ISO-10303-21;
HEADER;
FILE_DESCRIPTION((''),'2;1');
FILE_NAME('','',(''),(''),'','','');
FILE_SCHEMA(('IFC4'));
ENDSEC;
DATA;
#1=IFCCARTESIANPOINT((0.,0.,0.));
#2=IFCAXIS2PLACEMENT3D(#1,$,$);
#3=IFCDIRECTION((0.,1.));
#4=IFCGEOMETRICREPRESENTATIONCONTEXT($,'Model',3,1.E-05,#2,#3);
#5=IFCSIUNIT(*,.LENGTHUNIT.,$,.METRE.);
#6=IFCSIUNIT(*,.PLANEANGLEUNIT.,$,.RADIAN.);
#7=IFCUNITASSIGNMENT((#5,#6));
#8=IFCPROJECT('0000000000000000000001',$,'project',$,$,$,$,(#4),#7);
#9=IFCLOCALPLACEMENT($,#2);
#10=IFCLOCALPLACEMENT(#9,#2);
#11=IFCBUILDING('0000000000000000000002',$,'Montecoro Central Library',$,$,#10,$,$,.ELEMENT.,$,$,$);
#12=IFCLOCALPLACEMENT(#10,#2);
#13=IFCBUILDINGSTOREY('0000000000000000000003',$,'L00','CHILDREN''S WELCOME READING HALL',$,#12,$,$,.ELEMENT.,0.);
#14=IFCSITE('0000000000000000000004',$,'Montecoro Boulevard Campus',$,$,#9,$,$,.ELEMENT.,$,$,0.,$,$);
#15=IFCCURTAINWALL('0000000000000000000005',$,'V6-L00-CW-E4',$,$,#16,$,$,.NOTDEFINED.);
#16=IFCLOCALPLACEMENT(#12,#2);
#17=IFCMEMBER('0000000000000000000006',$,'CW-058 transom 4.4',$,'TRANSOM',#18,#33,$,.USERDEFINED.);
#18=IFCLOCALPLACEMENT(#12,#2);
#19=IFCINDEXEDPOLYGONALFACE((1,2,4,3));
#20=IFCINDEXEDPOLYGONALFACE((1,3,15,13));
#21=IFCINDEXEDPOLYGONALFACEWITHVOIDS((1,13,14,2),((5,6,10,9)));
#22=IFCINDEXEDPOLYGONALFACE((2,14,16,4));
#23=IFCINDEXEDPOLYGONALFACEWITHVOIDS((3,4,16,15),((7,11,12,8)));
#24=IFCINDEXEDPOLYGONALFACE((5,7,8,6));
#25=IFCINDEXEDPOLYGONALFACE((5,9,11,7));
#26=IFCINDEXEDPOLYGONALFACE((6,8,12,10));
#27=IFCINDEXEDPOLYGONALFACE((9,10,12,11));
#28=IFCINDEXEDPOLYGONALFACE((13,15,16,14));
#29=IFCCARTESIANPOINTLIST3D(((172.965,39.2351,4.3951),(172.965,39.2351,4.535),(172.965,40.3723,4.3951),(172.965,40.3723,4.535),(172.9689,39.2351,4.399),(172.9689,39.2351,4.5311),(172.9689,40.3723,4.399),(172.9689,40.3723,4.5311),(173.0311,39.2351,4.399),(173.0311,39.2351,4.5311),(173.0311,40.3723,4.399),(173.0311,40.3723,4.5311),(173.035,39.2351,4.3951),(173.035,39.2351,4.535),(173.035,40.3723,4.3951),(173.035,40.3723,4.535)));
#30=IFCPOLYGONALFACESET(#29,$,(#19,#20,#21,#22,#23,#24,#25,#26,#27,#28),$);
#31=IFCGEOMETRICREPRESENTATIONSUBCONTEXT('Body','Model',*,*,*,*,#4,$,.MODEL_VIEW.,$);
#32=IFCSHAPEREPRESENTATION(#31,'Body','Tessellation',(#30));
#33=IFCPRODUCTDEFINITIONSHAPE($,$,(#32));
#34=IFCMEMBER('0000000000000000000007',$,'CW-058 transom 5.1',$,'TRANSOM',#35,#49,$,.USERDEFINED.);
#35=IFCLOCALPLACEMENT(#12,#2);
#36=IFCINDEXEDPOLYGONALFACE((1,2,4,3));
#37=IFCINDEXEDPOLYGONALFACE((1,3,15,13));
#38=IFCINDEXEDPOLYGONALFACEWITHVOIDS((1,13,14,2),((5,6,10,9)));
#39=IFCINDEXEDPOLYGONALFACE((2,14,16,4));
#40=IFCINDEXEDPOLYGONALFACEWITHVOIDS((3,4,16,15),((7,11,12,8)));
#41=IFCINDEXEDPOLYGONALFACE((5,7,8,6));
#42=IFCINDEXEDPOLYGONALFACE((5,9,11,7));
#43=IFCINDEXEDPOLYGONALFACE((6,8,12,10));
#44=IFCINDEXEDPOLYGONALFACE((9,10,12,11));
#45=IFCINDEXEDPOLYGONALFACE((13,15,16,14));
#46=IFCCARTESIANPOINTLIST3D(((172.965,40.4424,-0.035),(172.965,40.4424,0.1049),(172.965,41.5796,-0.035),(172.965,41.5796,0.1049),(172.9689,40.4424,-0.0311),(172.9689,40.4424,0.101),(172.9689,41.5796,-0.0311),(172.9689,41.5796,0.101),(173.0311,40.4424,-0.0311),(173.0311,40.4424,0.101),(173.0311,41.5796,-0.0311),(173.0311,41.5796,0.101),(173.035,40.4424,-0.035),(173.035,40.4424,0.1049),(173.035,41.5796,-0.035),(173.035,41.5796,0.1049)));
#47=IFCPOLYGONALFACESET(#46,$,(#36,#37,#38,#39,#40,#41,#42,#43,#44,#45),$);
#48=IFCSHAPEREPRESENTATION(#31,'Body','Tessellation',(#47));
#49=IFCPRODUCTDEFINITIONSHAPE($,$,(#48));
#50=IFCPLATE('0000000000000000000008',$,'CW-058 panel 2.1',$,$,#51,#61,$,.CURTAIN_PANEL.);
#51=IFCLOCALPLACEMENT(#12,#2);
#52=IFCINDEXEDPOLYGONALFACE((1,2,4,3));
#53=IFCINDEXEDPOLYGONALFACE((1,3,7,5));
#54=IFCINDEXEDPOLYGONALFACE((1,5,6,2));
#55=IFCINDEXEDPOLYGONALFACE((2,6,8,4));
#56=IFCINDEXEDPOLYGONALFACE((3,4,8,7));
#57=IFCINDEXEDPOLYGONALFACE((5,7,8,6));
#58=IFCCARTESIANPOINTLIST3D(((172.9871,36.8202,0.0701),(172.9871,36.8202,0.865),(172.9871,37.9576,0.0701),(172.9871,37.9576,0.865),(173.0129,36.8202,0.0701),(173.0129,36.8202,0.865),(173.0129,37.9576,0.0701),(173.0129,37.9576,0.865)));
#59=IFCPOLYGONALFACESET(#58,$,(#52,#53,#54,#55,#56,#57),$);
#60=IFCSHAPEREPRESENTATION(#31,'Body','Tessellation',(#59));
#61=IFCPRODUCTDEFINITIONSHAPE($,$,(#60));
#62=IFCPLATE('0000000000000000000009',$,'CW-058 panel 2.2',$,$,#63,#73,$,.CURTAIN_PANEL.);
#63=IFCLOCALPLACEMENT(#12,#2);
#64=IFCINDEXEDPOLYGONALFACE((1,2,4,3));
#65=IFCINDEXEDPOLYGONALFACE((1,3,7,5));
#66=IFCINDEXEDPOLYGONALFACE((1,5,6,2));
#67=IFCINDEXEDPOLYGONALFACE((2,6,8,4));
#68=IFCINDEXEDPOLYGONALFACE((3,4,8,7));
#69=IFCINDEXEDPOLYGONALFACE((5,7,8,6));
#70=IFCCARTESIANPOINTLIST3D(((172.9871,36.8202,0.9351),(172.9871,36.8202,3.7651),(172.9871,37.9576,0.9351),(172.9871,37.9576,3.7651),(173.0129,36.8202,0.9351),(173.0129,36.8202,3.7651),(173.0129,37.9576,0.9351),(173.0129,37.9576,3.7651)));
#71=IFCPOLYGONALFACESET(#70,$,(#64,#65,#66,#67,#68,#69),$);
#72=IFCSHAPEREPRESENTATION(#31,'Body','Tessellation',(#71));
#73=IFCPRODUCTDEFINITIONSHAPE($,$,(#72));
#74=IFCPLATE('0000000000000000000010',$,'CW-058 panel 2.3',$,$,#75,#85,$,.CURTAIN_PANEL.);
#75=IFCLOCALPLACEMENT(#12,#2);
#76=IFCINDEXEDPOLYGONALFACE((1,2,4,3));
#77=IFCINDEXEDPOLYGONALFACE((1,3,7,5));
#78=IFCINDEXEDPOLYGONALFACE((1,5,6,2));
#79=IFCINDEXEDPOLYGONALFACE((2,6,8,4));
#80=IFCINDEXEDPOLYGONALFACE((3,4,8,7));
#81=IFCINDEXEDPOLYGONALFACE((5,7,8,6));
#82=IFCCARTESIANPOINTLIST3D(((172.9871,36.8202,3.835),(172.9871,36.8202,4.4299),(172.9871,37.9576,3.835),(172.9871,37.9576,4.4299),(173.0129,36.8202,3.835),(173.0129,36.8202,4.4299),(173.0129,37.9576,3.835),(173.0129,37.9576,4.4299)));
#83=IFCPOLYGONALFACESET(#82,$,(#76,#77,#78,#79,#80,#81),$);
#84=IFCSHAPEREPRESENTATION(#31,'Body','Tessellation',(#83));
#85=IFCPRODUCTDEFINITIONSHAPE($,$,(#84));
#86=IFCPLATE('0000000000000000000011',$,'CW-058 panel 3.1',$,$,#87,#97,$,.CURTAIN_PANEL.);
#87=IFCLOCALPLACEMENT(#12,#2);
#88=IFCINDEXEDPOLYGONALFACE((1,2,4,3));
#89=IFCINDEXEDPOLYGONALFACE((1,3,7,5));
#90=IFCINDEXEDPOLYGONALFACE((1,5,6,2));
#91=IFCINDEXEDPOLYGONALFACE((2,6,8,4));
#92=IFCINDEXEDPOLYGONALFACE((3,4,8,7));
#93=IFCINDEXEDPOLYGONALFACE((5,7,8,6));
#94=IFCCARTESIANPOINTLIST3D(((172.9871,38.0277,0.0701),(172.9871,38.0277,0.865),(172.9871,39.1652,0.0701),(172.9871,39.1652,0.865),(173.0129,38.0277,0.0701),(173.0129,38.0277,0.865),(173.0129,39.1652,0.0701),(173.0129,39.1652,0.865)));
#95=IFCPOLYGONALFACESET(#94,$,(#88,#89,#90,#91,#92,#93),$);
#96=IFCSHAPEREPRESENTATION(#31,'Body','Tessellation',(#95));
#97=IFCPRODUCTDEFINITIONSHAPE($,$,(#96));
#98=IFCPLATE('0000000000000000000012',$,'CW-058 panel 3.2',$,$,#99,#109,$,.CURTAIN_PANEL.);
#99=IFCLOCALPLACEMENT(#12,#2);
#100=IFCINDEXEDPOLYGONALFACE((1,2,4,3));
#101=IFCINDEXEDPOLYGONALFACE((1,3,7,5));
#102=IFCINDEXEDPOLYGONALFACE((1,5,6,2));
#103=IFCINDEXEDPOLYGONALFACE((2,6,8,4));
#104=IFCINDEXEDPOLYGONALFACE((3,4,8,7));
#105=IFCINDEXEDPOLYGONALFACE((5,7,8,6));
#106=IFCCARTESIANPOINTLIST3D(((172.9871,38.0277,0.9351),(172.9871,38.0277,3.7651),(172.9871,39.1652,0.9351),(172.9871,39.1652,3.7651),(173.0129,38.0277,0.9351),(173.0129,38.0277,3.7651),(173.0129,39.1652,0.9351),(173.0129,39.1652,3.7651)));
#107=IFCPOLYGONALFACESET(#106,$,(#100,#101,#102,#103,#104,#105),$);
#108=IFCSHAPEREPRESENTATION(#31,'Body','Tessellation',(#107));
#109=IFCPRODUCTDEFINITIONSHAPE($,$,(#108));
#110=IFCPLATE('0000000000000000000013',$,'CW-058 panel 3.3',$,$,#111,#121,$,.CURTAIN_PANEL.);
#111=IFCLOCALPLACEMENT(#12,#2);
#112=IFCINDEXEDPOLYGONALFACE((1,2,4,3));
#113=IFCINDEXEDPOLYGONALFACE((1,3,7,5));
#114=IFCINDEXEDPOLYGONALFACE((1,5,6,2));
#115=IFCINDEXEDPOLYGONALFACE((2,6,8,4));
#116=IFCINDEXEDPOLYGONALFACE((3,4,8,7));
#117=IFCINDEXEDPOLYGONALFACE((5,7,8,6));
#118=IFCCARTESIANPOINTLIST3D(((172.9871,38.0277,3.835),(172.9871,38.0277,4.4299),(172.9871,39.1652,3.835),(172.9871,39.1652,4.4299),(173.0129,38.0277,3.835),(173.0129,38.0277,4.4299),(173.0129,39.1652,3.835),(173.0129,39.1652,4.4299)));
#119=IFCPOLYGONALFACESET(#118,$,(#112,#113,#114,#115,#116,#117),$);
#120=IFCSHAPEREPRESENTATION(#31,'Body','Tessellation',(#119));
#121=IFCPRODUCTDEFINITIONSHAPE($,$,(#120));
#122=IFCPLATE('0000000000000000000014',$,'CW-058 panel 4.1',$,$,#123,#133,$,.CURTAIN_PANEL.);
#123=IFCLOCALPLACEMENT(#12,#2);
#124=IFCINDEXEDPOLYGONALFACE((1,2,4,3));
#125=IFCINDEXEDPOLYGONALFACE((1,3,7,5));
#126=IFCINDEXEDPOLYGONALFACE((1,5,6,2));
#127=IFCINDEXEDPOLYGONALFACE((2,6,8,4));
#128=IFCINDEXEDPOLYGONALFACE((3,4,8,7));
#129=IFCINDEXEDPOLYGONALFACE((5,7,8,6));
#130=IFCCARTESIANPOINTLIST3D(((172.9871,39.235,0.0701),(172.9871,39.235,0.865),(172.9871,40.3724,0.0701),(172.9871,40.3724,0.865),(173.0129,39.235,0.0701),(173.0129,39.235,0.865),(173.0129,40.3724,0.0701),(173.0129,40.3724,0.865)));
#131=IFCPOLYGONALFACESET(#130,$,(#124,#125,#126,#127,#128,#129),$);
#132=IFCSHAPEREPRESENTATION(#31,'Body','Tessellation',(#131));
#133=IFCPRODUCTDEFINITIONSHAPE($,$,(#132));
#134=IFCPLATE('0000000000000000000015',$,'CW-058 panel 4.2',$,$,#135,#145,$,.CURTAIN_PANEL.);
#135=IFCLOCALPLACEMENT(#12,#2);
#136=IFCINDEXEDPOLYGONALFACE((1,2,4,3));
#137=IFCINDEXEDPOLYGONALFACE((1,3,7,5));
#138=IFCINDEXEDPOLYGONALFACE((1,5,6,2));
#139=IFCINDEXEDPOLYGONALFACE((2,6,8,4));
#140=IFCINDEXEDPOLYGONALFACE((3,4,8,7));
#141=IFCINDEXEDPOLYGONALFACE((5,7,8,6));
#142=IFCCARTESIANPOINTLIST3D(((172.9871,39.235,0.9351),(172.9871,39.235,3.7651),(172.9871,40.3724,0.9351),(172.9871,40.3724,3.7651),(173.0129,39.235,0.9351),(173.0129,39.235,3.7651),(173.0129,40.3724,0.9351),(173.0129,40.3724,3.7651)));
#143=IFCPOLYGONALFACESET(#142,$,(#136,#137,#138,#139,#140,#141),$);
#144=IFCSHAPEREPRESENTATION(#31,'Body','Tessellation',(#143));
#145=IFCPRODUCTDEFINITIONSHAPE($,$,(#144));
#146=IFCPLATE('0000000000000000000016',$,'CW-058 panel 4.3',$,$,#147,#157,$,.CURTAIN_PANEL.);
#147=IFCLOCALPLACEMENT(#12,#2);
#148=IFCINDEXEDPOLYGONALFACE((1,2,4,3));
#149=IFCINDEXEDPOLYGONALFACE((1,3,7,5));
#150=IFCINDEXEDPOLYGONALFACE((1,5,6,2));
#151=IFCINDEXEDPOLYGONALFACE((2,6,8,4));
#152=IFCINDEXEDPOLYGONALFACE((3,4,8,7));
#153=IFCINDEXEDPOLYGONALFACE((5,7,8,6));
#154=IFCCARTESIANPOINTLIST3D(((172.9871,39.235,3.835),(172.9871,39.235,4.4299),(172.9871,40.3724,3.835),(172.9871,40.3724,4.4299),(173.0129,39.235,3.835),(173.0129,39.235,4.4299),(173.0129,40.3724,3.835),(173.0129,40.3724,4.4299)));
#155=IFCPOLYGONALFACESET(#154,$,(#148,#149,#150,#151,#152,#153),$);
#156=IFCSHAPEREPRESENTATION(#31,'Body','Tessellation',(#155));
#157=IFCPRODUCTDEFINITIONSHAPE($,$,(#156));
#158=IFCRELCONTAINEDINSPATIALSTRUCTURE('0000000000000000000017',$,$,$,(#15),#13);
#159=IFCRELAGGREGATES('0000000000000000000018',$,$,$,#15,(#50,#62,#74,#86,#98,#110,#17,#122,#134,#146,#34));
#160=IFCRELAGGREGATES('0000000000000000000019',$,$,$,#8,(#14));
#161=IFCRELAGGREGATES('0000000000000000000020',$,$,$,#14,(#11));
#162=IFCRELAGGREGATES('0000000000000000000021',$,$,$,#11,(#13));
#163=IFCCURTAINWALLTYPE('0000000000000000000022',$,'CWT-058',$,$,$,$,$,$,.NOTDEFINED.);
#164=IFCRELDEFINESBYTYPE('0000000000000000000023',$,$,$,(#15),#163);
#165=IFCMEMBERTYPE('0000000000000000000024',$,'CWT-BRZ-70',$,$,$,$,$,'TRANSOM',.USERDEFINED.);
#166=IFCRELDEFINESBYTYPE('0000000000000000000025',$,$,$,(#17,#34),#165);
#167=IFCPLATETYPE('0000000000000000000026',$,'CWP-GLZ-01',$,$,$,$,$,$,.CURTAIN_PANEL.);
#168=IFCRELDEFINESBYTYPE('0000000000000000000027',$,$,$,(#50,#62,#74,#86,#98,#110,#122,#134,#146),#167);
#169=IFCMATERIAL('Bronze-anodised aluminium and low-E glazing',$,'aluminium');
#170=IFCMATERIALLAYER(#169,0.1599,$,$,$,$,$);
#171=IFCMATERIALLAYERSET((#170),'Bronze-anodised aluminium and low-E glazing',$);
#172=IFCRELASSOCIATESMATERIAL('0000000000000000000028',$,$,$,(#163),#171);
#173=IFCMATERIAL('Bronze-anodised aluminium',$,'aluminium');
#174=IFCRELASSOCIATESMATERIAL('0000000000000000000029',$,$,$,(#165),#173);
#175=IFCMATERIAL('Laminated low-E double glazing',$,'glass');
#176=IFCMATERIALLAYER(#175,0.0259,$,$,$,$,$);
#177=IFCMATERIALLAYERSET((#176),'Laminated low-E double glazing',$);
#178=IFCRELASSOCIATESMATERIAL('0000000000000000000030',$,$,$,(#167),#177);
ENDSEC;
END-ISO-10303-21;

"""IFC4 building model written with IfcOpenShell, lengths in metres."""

from ifc_helpers import new_model, si_unit, direction, frame, origin, origin_2d, place, context, subcontext, project, spatial, rectangle, hollow_rectangle, extrude, material, layer, layer_set, material_profile, profile_set, type_object, element, aggregate, save


model = new_model("IFC4")

# Units and contexts
model_context = context("Model", 3, precision=1e-05, world=origin(), true_north=direction((0.0, 1.0)))
body_context = subcontext(model_context, "Body", "Model", "MODEL_VIEW")
ifc_project = project(units=[si_unit("LENGTHUNIT", "METRE"), si_unit("PLANEANGLEUNIT", "RADIAN")], contexts=[model_context])

# Site, building, storey
site_placement = place(None, origin())
site = spatial("IfcSite", under=ifc_project, at=site_placement, Name="Montecoro Boulevard Campus", CompositionType="ELEMENT", RefElevation=0.0)
building_placement = place(site_placement, origin())
building = spatial("IfcBuilding", under=site, at=building_placement, Name="Montecoro Central Library", CompositionType="ELEMENT")
storey_placement = place(building_placement, origin())
storey = spatial("IfcBuildingStorey", under=building, at=storey_placement, Name="L00", Description="CHILDREN'S WELCOME READING HALL", CompositionType="ELEMENT", Elevation=0.0)

# Curtain wall, members, plates
ifc_material_1 = material(Name="Bronze-anodised aluminium and low-E glazing", Category="aluminium")
ifc_layer_1 = layer(ifc_material_1, 0.1599)
ifc_layer_set_1 = layer_set([ifc_layer_1], Name="Bronze-anodised aluminium and low-E glazing")
curtain_wall_type = type_object("IfcCurtainWallType", Name="CWT-058", PredefinedType="NOTDEFINED", material=ifc_layer_set_1)
curtain_wall_placement = place(storey_placement, origin())
curtain_wall = element("IfcCurtainWall", 1, at=curtain_wall_placement, inside=storey, type_object=curtain_wall_type, Name="V6-L00-CW-E4", PredefinedType="NOTDEFINED")
ifc_material_2 = material(Name="Bronze-anodised aluminium", Category="aluminium")
ifc_material_profile_1 = material_profile(ifc_material_2, hollow_rectangle(XDim=0.0701, YDim=0.1399, WallThickness=0.0039, at=origin_2d()), Name="CWT 140x70x4.0")
ifc_profile_set_1 = profile_set([ifc_material_profile_1], Name="Bronze-anodised aluminium")
member_type_1 = type_object("IfcMemberType", Name="CWT-BRZ-70", ElementType="TRANSOM", PredefinedType="USERDEFINED", material=ifc_profile_set_1)
member_1_placement = place(storey_placement, frame((173.0, 39.2351, 4.4651), z_axis=(0.0, 1.0, 0.0), x_axis=(-1.0, 0.0, 0.0)))
member_1 = element("IfcMember", 2, at=member_1_placement, type_object=member_type_1, Name="CW-058 transom 4.4", ObjectType="TRANSOM", PredefinedType="USERDEFINED", context=body_context, shape_type="SweptSolid", body=[
    extrude(hollow_rectangle(XDim=0.0701, YDim=0.1399, WallThickness=0.0039, at=origin_2d()), origin(), (0.0, 0.0, 1.0), 1.1372),
])
member_2_placement = place(storey_placement, frame((173.0, 40.4424, 0.0349), z_axis=(0.0, 1.0, 0.0), x_axis=(-1.0, 0.0, 0.0)))
member_2 = element("IfcMember", 3, at=member_2_placement, type_object=member_type_1, Name="CW-058 transom 5.1", ObjectType="TRANSOM", PredefinedType="USERDEFINED", context=body_context, shape_type="SweptSolid", body=[
    extrude(hollow_rectangle(XDim=0.0701, YDim=0.1399, WallThickness=0.0039, at=origin_2d()), origin(), (0.0, 0.0, 1.0), 1.1372),
])
ifc_material_3 = material(Name="Laminated low-E double glazing", Category="glass")
ifc_layer_2 = layer(ifc_material_3, 0.0259)
ifc_layer_set_2 = layer_set([ifc_layer_2], Name="Laminated low-E double glazing")
plate_type = type_object("IfcPlateType", Name="CWP-GLZ-01", PredefinedType="CURTAIN_PANEL", material=ifc_layer_set_2)
plate_1_placement = place(storey_placement, frame((173.0, 37.3889, 0.0701), z_axis=(0.0, 0.0, 1.0), x_axis=(0.0, 1.0, 0.0)))
plate_1 = element("IfcPlate", 4, at=plate_1_placement, type_object=plate_type, Name="CW-058 panel 2.1", PredefinedType="CURTAIN_PANEL", context=body_context, shape_type="SweptSolid", body=[
    extrude(rectangle(XDim=1.1375, YDim=0.0259, at=origin_2d()), origin(), (0.0, 0.0, 1.0), 0.7949),
])
plate_2_placement = place(storey_placement, frame((173.0, 37.3889, 0.9351), z_axis=(0.0, 0.0, 1.0), x_axis=(0.0, 1.0, 0.0)))
plate_2 = element("IfcPlate", 5, at=plate_2_placement, type_object=plate_type, Name="CW-058 panel 2.2", PredefinedType="CURTAIN_PANEL", context=body_context, shape_type="SweptSolid", body=[
    extrude(rectangle(XDim=1.1375, YDim=0.0259, at=origin_2d()), origin(), (0.0, 0.0, 1.0), 2.8301),
])
plate_3_placement = place(storey_placement, frame((173.0, 37.3889, 3.835), z_axis=(0.0, 0.0, 1.0), x_axis=(0.0, 1.0, 0.0)))
plate_3 = element("IfcPlate", 6, at=plate_3_placement, type_object=plate_type, Name="CW-058 panel 2.3", PredefinedType="CURTAIN_PANEL", context=body_context, shape_type="SweptSolid", body=[
    extrude(rectangle(XDim=1.1375, YDim=0.0259, at=origin_2d()), origin(), (0.0, 0.0, 1.0), 0.595),
])
plate_4_placement = place(storey_placement, frame((173.0, 38.5964, 0.0701), z_axis=(0.0, 0.0, 1.0), x_axis=(0.0, 1.0, 0.0)))
plate_4 = element("IfcPlate", 7, at=plate_4_placement, type_object=plate_type, Name="CW-058 panel 3.1", PredefinedType="CURTAIN_PANEL", context=body_context, shape_type="SweptSolid", body=[
    extrude(rectangle(XDim=1.1375, YDim=0.0259, at=origin_2d()), origin(), (0.0, 0.0, 1.0), 0.7949),
])
plate_5_placement = place(storey_placement, frame((173.0, 38.5964, 0.9351), z_axis=(0.0, 0.0, 1.0), x_axis=(0.0, 1.0, 0.0)))
plate_5 = element("IfcPlate", 8, at=plate_5_placement, type_object=plate_type, Name="CW-058 panel 3.2", PredefinedType="CURTAIN_PANEL", context=body_context, shape_type="SweptSolid", body=[
    extrude(rectangle(XDim=1.1375, YDim=0.0259, at=origin_2d()), origin(), (0.0, 0.0, 1.0), 2.8301),
])
plate_6_placement = place(storey_placement, frame((173.0, 38.5964, 3.835), z_axis=(0.0, 0.0, 1.0), x_axis=(0.0, 1.0, 0.0)))
plate_6 = element("IfcPlate", 9, at=plate_6_placement, type_object=plate_type, Name="CW-058 panel 3.3", PredefinedType="CURTAIN_PANEL", context=body_context, shape_type="SweptSolid", body=[
    extrude(rectangle(XDim=1.1375, YDim=0.0259, at=origin_2d()), origin(), (0.0, 0.0, 1.0), 0.595),
])
plate_7_placement = place(storey_placement, frame((173.0, 39.8037, 0.0701), z_axis=(0.0, 0.0, 1.0), x_axis=(0.0, 1.0, 0.0)))
plate_7 = element("IfcPlate", 10, at=plate_7_placement, type_object=plate_type, Name="CW-058 panel 4.1", PredefinedType="CURTAIN_PANEL", context=body_context, shape_type="SweptSolid", body=[
    extrude(rectangle(XDim=1.1375, YDim=0.0259, at=origin_2d()), origin(), (0.0, 0.0, 1.0), 0.7949),
])
plate_8_placement = place(storey_placement, frame((173.0, 39.8037, 0.9351), z_axis=(0.0, 0.0, 1.0), x_axis=(0.0, 1.0, 0.0)))
plate_8 = element("IfcPlate", 11, at=plate_8_placement, type_object=plate_type, Name="CW-058 panel 4.2", PredefinedType="CURTAIN_PANEL", context=body_context, shape_type="SweptSolid", body=[
    extrude(rectangle(XDim=1.1375, YDim=0.0259, at=origin_2d()), origin(), (0.0, 0.0, 1.0), 2.8301),
])
plate_9_placement = place(storey_placement, frame((173.0, 39.8037, 3.835), z_axis=(0.0, 0.0, 1.0), x_axis=(0.0, 1.0, 0.0)))
plate_9 = element("IfcPlate", 12, at=plate_9_placement, type_object=plate_type, Name="CW-058 panel 4.3", PredefinedType="CURTAIN_PANEL", context=body_context, shape_type="SweptSolid", body=[
    extrude(rectangle(XDim=1.1375, YDim=0.0259, at=origin_2d()), origin(), (0.0, 0.0, 1.0), 0.595),
])
aggregate(curtain_wall, [plate_1, plate_2, plate_3, plate_4, plate_5, plate_6, member_1, plate_7, plate_8, plate_9, member_2])

save(model, "model.ifc")
